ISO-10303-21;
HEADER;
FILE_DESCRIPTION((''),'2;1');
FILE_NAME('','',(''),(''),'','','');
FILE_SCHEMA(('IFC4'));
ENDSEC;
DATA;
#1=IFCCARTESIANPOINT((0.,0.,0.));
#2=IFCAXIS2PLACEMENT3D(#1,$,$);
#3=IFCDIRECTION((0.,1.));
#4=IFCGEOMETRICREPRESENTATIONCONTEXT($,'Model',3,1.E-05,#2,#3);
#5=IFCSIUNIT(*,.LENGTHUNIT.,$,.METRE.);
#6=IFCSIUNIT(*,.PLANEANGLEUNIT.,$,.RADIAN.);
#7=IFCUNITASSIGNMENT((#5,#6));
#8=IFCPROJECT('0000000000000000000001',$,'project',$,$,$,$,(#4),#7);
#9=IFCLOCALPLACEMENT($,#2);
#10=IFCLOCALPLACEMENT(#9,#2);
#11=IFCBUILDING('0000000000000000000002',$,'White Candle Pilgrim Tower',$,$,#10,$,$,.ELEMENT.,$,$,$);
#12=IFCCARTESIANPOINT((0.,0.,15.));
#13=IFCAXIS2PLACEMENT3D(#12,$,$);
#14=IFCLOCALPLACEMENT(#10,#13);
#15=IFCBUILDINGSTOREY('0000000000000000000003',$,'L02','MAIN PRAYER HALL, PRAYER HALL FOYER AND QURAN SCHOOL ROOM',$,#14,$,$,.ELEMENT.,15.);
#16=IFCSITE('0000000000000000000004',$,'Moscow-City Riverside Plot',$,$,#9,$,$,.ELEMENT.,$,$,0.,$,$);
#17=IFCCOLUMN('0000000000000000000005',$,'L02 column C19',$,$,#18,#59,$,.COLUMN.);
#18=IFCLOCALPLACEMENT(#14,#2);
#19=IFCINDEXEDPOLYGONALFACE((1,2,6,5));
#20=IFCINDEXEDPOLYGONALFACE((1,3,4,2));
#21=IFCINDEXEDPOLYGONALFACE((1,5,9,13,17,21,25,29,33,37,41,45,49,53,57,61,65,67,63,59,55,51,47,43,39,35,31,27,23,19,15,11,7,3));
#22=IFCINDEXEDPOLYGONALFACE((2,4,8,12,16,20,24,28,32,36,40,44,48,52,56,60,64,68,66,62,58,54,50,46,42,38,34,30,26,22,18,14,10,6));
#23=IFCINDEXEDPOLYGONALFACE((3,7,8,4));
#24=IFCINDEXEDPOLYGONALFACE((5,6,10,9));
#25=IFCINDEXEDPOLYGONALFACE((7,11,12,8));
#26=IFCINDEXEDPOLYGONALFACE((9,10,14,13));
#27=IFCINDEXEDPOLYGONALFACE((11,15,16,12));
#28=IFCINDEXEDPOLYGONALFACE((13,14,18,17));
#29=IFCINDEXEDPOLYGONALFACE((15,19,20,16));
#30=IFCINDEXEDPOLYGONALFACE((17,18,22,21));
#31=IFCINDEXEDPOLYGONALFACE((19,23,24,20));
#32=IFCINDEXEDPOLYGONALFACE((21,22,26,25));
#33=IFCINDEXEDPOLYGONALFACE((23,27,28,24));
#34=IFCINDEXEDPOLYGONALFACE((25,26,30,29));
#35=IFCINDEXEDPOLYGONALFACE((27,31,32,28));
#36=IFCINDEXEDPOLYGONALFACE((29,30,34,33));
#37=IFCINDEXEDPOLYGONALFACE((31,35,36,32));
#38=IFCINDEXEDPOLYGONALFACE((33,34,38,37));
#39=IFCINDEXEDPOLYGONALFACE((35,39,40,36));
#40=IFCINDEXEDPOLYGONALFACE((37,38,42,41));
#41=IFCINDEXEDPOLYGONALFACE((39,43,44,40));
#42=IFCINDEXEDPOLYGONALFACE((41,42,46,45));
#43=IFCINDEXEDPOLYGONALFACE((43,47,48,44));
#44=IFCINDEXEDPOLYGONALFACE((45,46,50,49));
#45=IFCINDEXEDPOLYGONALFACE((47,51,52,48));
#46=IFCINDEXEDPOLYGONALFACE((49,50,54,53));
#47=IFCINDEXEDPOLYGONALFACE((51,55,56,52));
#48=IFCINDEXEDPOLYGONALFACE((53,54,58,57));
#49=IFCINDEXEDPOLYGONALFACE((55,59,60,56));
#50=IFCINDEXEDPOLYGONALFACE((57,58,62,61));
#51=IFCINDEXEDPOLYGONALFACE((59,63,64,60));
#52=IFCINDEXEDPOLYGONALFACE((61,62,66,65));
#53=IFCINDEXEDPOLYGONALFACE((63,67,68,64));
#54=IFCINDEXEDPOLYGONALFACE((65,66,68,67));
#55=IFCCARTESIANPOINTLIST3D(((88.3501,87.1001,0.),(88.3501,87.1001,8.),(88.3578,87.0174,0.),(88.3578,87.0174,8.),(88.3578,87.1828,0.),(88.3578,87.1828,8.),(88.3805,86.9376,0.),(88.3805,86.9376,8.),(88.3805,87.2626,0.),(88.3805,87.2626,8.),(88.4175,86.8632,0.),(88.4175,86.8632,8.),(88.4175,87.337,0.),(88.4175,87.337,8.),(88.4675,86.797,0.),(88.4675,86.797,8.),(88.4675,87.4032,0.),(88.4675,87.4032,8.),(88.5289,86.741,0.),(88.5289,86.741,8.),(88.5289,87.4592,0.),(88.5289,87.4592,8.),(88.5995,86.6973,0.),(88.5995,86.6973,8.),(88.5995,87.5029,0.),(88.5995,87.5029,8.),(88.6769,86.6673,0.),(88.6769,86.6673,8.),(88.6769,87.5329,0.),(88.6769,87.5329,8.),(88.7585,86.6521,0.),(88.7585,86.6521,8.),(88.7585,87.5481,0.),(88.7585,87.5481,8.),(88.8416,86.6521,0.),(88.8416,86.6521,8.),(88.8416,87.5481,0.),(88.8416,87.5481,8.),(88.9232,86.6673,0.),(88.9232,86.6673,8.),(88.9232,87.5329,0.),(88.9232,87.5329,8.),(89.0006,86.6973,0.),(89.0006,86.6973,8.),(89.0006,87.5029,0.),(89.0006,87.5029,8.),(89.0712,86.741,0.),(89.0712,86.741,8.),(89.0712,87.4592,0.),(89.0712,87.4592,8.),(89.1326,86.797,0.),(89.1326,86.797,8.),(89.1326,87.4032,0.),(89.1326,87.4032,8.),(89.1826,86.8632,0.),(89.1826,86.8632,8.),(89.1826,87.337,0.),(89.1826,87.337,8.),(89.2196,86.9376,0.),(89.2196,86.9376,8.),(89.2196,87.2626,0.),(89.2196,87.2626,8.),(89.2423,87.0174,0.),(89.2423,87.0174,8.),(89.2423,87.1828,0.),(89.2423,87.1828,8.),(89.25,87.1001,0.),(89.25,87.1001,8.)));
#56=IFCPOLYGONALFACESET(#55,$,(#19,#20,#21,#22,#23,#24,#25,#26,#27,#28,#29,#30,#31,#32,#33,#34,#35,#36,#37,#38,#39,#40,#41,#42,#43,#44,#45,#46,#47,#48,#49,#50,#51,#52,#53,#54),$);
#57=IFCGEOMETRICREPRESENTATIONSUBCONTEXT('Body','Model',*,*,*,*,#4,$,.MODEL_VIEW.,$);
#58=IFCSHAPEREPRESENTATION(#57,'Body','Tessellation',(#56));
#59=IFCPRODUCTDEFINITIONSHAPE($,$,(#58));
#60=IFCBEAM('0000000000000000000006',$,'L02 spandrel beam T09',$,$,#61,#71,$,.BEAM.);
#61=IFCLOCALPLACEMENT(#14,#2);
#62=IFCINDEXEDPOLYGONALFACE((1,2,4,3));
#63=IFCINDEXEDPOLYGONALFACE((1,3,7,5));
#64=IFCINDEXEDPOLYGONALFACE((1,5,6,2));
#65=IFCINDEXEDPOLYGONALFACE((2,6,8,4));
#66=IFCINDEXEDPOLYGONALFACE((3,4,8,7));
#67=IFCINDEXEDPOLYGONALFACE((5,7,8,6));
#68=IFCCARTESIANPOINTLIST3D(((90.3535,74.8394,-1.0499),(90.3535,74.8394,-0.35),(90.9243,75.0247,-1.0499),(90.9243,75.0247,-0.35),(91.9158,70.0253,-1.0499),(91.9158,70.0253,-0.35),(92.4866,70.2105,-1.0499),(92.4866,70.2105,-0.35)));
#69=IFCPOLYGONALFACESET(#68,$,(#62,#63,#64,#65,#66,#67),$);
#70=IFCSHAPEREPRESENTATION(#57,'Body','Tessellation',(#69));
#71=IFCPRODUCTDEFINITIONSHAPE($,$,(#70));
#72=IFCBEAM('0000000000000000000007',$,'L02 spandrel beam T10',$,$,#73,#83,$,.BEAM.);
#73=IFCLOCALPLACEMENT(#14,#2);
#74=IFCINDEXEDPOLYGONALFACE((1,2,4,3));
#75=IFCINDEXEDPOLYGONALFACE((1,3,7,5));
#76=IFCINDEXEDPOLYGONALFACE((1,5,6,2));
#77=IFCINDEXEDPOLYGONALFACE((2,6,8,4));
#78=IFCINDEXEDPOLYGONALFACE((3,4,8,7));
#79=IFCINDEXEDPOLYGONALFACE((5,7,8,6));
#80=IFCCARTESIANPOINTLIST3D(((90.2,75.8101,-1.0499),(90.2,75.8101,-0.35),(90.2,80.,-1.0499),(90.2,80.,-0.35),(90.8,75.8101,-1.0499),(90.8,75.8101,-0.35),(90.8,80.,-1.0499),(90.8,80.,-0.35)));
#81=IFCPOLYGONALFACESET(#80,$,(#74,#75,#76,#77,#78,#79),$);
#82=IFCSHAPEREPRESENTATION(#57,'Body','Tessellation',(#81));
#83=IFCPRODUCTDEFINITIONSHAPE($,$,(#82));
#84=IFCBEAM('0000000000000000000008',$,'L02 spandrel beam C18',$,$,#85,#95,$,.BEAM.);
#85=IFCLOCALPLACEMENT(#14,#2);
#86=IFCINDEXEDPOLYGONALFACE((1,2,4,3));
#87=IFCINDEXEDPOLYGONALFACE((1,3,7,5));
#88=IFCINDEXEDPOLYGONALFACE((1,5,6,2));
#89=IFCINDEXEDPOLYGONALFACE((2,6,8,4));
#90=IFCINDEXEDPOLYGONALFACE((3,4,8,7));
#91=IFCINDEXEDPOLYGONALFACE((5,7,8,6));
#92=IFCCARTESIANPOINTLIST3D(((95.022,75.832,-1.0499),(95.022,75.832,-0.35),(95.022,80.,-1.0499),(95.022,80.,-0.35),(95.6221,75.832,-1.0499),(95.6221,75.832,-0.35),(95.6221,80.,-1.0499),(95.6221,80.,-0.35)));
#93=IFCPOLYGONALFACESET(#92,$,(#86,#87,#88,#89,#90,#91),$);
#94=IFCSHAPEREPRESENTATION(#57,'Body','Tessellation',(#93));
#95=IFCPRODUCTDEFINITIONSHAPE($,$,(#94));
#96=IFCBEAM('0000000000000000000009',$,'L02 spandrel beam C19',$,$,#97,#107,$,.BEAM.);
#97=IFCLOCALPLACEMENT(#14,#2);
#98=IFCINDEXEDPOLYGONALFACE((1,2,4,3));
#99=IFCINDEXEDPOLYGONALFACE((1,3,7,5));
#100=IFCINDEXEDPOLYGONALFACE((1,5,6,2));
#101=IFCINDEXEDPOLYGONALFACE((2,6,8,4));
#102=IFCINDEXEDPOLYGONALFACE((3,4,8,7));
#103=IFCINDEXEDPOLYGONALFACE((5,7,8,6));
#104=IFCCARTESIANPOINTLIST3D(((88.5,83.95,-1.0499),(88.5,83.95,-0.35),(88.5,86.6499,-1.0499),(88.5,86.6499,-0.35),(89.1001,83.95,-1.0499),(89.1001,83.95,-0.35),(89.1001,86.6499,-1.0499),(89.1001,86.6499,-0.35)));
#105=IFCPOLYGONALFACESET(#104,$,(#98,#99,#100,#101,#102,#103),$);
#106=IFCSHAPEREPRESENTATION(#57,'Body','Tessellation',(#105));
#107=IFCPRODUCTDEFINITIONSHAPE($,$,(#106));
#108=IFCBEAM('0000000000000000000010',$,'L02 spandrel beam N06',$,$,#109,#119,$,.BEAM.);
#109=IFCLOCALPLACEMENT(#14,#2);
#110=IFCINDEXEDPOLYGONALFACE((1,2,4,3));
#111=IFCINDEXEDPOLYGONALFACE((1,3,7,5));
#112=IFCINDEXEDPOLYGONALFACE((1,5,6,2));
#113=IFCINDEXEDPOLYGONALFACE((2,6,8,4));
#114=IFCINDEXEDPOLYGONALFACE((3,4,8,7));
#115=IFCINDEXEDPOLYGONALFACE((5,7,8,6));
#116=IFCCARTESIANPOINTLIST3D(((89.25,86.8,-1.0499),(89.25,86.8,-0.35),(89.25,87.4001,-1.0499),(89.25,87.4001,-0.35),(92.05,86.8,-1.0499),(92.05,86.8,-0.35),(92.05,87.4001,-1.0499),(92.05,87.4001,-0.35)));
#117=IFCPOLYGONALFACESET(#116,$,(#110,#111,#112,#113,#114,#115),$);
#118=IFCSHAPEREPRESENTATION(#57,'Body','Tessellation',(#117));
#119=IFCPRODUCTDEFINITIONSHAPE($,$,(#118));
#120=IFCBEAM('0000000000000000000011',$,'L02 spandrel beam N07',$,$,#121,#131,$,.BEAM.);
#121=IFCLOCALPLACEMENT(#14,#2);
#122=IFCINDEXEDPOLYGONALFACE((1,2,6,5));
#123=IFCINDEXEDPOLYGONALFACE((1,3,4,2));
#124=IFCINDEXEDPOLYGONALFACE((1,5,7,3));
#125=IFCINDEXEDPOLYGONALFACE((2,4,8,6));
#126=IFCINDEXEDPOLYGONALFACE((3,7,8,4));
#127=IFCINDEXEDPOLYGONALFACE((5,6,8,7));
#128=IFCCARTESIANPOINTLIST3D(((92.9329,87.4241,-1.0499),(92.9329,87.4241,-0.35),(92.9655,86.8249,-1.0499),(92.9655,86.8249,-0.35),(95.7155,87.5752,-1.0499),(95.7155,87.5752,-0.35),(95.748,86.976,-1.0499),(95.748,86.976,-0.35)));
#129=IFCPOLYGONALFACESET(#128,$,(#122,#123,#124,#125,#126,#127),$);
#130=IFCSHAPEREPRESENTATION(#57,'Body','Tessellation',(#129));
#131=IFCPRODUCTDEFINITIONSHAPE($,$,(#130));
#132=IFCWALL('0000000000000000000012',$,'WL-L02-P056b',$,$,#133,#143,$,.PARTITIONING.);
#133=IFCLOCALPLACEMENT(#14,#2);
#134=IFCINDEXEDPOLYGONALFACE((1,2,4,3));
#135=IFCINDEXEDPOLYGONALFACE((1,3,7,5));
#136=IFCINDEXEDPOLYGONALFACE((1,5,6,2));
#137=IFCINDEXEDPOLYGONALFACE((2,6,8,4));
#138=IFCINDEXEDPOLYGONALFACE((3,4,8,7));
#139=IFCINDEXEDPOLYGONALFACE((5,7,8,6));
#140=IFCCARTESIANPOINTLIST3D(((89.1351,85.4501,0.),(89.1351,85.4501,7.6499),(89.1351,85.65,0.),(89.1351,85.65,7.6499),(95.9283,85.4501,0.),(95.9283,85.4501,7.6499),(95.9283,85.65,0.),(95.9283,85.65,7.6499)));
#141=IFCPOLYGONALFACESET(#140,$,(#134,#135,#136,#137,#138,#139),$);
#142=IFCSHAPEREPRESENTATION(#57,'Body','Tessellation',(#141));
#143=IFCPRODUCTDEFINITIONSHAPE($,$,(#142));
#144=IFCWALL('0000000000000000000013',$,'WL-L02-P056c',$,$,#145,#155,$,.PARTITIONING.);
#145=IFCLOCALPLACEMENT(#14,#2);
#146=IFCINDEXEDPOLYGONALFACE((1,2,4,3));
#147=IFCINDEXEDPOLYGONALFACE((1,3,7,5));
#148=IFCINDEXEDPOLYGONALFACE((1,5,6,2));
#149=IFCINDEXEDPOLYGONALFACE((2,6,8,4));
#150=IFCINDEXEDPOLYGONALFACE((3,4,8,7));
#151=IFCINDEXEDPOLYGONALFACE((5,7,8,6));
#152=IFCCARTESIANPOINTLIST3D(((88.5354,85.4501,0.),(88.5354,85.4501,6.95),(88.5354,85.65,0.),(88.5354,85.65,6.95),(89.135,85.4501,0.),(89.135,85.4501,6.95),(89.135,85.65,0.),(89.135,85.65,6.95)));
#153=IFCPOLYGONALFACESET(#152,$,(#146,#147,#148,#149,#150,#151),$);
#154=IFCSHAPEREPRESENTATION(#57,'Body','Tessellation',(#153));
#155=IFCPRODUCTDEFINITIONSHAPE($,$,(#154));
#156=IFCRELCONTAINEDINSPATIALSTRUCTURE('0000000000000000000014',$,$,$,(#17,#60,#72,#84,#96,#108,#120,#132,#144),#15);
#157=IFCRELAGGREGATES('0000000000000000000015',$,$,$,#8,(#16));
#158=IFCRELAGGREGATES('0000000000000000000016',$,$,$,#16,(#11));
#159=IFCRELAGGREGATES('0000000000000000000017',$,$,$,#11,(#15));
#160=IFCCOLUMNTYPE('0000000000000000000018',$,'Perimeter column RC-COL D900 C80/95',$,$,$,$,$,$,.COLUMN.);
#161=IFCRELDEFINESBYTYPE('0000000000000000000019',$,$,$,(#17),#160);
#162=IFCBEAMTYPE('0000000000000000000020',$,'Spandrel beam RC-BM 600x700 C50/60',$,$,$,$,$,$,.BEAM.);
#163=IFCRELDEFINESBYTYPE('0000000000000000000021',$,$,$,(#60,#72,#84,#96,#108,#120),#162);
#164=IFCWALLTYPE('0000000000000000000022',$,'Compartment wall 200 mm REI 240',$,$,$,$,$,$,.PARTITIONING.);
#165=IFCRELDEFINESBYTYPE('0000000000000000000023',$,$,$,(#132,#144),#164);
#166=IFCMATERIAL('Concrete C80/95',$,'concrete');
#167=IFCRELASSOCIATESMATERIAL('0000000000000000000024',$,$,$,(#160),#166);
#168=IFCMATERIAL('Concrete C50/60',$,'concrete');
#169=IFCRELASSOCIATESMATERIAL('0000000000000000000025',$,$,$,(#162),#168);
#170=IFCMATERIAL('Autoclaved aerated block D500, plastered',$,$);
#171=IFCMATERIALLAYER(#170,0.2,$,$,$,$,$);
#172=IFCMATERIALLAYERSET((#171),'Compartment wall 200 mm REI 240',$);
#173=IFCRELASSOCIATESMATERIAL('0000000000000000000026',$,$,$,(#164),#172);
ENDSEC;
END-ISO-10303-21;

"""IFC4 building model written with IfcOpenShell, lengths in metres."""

from ifc_helpers import new_model, si_unit, direction, frame, frame_2d, origin, origin_2d, place, context, subcontext, project, spatial, rectangle, circle, extrude, material, layer, layer_set, material_profile, profile_set, type_object, element, save


model = new_model("IFC4")

# Units and contexts
model_context = context("Model", 3, precision=1e-05, world=origin(), true_north=direction((0.0, 1.0)))
body_context = subcontext(model_context, "Body", "Model", "MODEL_VIEW")
ifc_project = project(units=[si_unit("LENGTHUNIT", "METRE"), si_unit("PLANEANGLEUNIT", "RADIAN")], contexts=[model_context])

# Site, building, storey
site_placement = place(None, origin())
site = spatial("IfcSite", under=ifc_project, at=site_placement, Name="Moscow-City Riverside Plot", CompositionType="ELEMENT", RefElevation=0.0)
building_placement = place(site_placement, origin())
building = spatial("IfcBuilding", under=site, at=building_placement, Name="White Candle Pilgrim Tower", CompositionType="ELEMENT")
storey_placement = place(building_placement, frame((0.0, 0.0, 15.0)))
storey = spatial("IfcBuildingStorey", under=building, at=storey_placement, Name="L02", Description="MAIN PRAYER HALL, PRAYER HALL FOYER AND QURAN SCHOOL ROOM", CompositionType="ELEMENT", Elevation=15.0)

# Column
ifc_material_1 = material(Name="Concrete C80/95", Category="concrete")
ifc_material_profile_1 = material_profile(ifc_material_1, circle(Radius=0.45, at=origin_2d()), Name="RC-COL D900")
ifc_profile_set_1 = profile_set([ifc_material_profile_1], Name="Concrete C80/95")
column_type = type_object("IfcColumnType", Name="Perimeter column RC-COL D900 C80/95", PredefinedType="COLUMN", material=ifc_profile_set_1)
for number, where, z_axis, x_axis, name in (
    (1, (88.8, 87.1001, 0.0), (0.0, 0.0, 1.0), (1.0, 0.0, 0.0), "L02 column C19"),
):
    element("IfcColumn", number, at=place(storey_placement, frame(where, z_axis=z_axis, x_axis=x_axis)), inside=storey, type_object=column_type, Name=name, PredefinedType="COLUMN", context=body_context, shape_type="SweptSolid", body=[
        extrude(circle(Radius=0.45, at=origin_2d()), origin(), (0.0, 0.0, 1.0), 8.0),
    ])

# Beams
ifc_material_2 = material(Name="Concrete C50/60", Category="concrete")
ifc_material_profile_2 = material_profile(ifc_material_2, rectangle(XDim=0.6001, YDim=0.7, at=origin_2d()), Name="RC-BM 600x700")
ifc_profile_set_2 = profile_set([ifc_material_profile_2], Name="Concrete C50/60")
beam_type = type_object("IfcBeamType", Name="Spandrel beam RC-BM 600x700 C50/60", PredefinedType="BEAM", material=ifc_profile_set_2)
beam_1_placement = place(storey_placement, frame((92.2012, 70.1179, -0.7), z_axis=(-0.308664, 0.951171, 0.0), x_axis=(-0.951171, -0.308664, 0.0)))
element("IfcBeam", 2, at=beam_1_placement, inside=storey, type_object=beam_type, Name="L02 spandrel beam T09", PredefinedType="BEAM", context=body_context, shape_type="SweptSolid", body=[
    extrude(rectangle(XDim=0.6001, YDim=0.7, at=origin_2d()), origin(), (0.0, 0.0, 1.0), 5.0613),
])
beam_2_placement = place(storey_placement, frame((90.5, 75.8101, -0.7), z_axis=(0.0, 1.0, 0.0), x_axis=(-1.0, 0.0, 0.0)))
element("IfcBeam", 3, at=beam_2_placement, inside=storey, type_object=beam_type, Name="L02 spandrel beam T10", PredefinedType="BEAM", context=body_context, shape_type="SweptSolid", body=[
    extrude(rectangle(XDim=0.6001, YDim=0.7, at=origin_2d()), origin(), (0.0, 0.0, 1.0), 4.1899),
])
beam_3_placement = place(storey_placement, frame((95.322, 75.832, -0.7), z_axis=(0.0, 1.0, 0.0), x_axis=(-1.0, 0.0, 0.0)))
element("IfcBeam", 4, at=beam_3_placement, inside=storey, type_object=beam_type, Name="L02 spandrel beam C18", PredefinedType="BEAM", context=body_context, shape_type="SweptSolid", body=[
    extrude(rectangle(XDim=0.6001, YDim=0.7, at=origin_2d()), origin(), (0.0, 0.0, 1.0), 4.168),
])
beam_4_placement = place(storey_placement, frame((88.8, 86.6499, -0.7), z_axis=(0.0, -1.0, 0.0), x_axis=(1.0, 0.0, 0.0)))
element("IfcBeam", 5, at=beam_4_placement, inside=storey, type_object=beam_type, Name="L02 spandrel beam C19", PredefinedType="BEAM", context=body_context, shape_type="SweptSolid", body=[
    extrude(rectangle(XDim=0.6001, YDim=0.7, at=origin_2d()), origin(), (0.0, 0.0, 1.0), 2.7),
])
beam_5_placement = place(storey_placement, frame((89.25, 87.1001, -0.7), z_axis=(1.0, 0.0, 0.0), x_axis=(0.0, 1.0, 0.0)))
element("IfcBeam", 6, at=beam_5_placement, inside=storey, type_object=beam_type, Name="L02 spandrel beam N06", PredefinedType="BEAM", context=body_context, shape_type="SweptSolid", body=[
    extrude(rectangle(XDim=0.6001, YDim=0.7, at=origin_2d()), origin(), (0.0, 0.0, 1.0), 2.8),
])
beam_6_placement = place(storey_placement, frame((92.9492, 87.1245, -0.7), z_axis=(0.998528, 0.054233, 0.0), x_axis=(-0.054233, 0.998528, 0.0)))
element("IfcBeam", 7, at=beam_6_placement, inside=storey, type_object=beam_type, Name="L02 spandrel beam N07", PredefinedType="BEAM", context=body_context, shape_type="SweptSolid", body=[
    extrude(rectangle(XDim=0.6001, YDim=0.7, at=origin_2d()), origin(), (0.0, 0.0, 1.0), 2.7866),
])

# Walls
ifc_material_3 = material(Name="Autoclaved aerated block D500, plastered")
ifc_layer_1 = layer(ifc_material_3, 0.2)
ifc_layer_set_1 = layer_set([ifc_layer_1], Name="Compartment wall 200 mm REI 240")
wall_type_1 = type_object("IfcWallType", Name="Compartment wall 200 mm REI 240", PredefinedType="PARTITIONING", material=ifc_layer_set_1)
wall_1_placement = place(storey_placement, frame((95.9282, 85.55, 0.0), z_axis=(0.0, 0.0, 1.0), x_axis=(-1.0, 0.0, 0.0)))
element("IfcWall", 8, at=wall_1_placement, inside=storey, type_object=wall_type_1, Name="WL-L02-P056b", PredefinedType="PARTITIONING", context=body_context, shape_type="SweptSolid", body=[
    extrude(rectangle(XDim=6.7932, YDim=0.2, at=frame_2d((3.3965, 0.0))), origin(), (0.0, 0.0, 1.0), 7.6499),
])
wall_2_placement = place(storey_placement, frame((89.135, 85.55, 0.0), z_axis=(0.0, 0.0, 1.0), x_axis=(-1.0, 0.0, 0.0)))
element("IfcWall", 9, at=wall_2_placement, inside=storey, type_object=wall_type_1, Name="WL-L02-P056c", PredefinedType="PARTITIONING", context=body_context, shape_type="SweptSolid", body=[
    extrude(rectangle(XDim=0.5996, YDim=0.2, at=frame_2d((0.2998, 0.0))), origin(), (0.0, 0.0, 1.0), 6.95),
])

save(model, "model.ifc")
